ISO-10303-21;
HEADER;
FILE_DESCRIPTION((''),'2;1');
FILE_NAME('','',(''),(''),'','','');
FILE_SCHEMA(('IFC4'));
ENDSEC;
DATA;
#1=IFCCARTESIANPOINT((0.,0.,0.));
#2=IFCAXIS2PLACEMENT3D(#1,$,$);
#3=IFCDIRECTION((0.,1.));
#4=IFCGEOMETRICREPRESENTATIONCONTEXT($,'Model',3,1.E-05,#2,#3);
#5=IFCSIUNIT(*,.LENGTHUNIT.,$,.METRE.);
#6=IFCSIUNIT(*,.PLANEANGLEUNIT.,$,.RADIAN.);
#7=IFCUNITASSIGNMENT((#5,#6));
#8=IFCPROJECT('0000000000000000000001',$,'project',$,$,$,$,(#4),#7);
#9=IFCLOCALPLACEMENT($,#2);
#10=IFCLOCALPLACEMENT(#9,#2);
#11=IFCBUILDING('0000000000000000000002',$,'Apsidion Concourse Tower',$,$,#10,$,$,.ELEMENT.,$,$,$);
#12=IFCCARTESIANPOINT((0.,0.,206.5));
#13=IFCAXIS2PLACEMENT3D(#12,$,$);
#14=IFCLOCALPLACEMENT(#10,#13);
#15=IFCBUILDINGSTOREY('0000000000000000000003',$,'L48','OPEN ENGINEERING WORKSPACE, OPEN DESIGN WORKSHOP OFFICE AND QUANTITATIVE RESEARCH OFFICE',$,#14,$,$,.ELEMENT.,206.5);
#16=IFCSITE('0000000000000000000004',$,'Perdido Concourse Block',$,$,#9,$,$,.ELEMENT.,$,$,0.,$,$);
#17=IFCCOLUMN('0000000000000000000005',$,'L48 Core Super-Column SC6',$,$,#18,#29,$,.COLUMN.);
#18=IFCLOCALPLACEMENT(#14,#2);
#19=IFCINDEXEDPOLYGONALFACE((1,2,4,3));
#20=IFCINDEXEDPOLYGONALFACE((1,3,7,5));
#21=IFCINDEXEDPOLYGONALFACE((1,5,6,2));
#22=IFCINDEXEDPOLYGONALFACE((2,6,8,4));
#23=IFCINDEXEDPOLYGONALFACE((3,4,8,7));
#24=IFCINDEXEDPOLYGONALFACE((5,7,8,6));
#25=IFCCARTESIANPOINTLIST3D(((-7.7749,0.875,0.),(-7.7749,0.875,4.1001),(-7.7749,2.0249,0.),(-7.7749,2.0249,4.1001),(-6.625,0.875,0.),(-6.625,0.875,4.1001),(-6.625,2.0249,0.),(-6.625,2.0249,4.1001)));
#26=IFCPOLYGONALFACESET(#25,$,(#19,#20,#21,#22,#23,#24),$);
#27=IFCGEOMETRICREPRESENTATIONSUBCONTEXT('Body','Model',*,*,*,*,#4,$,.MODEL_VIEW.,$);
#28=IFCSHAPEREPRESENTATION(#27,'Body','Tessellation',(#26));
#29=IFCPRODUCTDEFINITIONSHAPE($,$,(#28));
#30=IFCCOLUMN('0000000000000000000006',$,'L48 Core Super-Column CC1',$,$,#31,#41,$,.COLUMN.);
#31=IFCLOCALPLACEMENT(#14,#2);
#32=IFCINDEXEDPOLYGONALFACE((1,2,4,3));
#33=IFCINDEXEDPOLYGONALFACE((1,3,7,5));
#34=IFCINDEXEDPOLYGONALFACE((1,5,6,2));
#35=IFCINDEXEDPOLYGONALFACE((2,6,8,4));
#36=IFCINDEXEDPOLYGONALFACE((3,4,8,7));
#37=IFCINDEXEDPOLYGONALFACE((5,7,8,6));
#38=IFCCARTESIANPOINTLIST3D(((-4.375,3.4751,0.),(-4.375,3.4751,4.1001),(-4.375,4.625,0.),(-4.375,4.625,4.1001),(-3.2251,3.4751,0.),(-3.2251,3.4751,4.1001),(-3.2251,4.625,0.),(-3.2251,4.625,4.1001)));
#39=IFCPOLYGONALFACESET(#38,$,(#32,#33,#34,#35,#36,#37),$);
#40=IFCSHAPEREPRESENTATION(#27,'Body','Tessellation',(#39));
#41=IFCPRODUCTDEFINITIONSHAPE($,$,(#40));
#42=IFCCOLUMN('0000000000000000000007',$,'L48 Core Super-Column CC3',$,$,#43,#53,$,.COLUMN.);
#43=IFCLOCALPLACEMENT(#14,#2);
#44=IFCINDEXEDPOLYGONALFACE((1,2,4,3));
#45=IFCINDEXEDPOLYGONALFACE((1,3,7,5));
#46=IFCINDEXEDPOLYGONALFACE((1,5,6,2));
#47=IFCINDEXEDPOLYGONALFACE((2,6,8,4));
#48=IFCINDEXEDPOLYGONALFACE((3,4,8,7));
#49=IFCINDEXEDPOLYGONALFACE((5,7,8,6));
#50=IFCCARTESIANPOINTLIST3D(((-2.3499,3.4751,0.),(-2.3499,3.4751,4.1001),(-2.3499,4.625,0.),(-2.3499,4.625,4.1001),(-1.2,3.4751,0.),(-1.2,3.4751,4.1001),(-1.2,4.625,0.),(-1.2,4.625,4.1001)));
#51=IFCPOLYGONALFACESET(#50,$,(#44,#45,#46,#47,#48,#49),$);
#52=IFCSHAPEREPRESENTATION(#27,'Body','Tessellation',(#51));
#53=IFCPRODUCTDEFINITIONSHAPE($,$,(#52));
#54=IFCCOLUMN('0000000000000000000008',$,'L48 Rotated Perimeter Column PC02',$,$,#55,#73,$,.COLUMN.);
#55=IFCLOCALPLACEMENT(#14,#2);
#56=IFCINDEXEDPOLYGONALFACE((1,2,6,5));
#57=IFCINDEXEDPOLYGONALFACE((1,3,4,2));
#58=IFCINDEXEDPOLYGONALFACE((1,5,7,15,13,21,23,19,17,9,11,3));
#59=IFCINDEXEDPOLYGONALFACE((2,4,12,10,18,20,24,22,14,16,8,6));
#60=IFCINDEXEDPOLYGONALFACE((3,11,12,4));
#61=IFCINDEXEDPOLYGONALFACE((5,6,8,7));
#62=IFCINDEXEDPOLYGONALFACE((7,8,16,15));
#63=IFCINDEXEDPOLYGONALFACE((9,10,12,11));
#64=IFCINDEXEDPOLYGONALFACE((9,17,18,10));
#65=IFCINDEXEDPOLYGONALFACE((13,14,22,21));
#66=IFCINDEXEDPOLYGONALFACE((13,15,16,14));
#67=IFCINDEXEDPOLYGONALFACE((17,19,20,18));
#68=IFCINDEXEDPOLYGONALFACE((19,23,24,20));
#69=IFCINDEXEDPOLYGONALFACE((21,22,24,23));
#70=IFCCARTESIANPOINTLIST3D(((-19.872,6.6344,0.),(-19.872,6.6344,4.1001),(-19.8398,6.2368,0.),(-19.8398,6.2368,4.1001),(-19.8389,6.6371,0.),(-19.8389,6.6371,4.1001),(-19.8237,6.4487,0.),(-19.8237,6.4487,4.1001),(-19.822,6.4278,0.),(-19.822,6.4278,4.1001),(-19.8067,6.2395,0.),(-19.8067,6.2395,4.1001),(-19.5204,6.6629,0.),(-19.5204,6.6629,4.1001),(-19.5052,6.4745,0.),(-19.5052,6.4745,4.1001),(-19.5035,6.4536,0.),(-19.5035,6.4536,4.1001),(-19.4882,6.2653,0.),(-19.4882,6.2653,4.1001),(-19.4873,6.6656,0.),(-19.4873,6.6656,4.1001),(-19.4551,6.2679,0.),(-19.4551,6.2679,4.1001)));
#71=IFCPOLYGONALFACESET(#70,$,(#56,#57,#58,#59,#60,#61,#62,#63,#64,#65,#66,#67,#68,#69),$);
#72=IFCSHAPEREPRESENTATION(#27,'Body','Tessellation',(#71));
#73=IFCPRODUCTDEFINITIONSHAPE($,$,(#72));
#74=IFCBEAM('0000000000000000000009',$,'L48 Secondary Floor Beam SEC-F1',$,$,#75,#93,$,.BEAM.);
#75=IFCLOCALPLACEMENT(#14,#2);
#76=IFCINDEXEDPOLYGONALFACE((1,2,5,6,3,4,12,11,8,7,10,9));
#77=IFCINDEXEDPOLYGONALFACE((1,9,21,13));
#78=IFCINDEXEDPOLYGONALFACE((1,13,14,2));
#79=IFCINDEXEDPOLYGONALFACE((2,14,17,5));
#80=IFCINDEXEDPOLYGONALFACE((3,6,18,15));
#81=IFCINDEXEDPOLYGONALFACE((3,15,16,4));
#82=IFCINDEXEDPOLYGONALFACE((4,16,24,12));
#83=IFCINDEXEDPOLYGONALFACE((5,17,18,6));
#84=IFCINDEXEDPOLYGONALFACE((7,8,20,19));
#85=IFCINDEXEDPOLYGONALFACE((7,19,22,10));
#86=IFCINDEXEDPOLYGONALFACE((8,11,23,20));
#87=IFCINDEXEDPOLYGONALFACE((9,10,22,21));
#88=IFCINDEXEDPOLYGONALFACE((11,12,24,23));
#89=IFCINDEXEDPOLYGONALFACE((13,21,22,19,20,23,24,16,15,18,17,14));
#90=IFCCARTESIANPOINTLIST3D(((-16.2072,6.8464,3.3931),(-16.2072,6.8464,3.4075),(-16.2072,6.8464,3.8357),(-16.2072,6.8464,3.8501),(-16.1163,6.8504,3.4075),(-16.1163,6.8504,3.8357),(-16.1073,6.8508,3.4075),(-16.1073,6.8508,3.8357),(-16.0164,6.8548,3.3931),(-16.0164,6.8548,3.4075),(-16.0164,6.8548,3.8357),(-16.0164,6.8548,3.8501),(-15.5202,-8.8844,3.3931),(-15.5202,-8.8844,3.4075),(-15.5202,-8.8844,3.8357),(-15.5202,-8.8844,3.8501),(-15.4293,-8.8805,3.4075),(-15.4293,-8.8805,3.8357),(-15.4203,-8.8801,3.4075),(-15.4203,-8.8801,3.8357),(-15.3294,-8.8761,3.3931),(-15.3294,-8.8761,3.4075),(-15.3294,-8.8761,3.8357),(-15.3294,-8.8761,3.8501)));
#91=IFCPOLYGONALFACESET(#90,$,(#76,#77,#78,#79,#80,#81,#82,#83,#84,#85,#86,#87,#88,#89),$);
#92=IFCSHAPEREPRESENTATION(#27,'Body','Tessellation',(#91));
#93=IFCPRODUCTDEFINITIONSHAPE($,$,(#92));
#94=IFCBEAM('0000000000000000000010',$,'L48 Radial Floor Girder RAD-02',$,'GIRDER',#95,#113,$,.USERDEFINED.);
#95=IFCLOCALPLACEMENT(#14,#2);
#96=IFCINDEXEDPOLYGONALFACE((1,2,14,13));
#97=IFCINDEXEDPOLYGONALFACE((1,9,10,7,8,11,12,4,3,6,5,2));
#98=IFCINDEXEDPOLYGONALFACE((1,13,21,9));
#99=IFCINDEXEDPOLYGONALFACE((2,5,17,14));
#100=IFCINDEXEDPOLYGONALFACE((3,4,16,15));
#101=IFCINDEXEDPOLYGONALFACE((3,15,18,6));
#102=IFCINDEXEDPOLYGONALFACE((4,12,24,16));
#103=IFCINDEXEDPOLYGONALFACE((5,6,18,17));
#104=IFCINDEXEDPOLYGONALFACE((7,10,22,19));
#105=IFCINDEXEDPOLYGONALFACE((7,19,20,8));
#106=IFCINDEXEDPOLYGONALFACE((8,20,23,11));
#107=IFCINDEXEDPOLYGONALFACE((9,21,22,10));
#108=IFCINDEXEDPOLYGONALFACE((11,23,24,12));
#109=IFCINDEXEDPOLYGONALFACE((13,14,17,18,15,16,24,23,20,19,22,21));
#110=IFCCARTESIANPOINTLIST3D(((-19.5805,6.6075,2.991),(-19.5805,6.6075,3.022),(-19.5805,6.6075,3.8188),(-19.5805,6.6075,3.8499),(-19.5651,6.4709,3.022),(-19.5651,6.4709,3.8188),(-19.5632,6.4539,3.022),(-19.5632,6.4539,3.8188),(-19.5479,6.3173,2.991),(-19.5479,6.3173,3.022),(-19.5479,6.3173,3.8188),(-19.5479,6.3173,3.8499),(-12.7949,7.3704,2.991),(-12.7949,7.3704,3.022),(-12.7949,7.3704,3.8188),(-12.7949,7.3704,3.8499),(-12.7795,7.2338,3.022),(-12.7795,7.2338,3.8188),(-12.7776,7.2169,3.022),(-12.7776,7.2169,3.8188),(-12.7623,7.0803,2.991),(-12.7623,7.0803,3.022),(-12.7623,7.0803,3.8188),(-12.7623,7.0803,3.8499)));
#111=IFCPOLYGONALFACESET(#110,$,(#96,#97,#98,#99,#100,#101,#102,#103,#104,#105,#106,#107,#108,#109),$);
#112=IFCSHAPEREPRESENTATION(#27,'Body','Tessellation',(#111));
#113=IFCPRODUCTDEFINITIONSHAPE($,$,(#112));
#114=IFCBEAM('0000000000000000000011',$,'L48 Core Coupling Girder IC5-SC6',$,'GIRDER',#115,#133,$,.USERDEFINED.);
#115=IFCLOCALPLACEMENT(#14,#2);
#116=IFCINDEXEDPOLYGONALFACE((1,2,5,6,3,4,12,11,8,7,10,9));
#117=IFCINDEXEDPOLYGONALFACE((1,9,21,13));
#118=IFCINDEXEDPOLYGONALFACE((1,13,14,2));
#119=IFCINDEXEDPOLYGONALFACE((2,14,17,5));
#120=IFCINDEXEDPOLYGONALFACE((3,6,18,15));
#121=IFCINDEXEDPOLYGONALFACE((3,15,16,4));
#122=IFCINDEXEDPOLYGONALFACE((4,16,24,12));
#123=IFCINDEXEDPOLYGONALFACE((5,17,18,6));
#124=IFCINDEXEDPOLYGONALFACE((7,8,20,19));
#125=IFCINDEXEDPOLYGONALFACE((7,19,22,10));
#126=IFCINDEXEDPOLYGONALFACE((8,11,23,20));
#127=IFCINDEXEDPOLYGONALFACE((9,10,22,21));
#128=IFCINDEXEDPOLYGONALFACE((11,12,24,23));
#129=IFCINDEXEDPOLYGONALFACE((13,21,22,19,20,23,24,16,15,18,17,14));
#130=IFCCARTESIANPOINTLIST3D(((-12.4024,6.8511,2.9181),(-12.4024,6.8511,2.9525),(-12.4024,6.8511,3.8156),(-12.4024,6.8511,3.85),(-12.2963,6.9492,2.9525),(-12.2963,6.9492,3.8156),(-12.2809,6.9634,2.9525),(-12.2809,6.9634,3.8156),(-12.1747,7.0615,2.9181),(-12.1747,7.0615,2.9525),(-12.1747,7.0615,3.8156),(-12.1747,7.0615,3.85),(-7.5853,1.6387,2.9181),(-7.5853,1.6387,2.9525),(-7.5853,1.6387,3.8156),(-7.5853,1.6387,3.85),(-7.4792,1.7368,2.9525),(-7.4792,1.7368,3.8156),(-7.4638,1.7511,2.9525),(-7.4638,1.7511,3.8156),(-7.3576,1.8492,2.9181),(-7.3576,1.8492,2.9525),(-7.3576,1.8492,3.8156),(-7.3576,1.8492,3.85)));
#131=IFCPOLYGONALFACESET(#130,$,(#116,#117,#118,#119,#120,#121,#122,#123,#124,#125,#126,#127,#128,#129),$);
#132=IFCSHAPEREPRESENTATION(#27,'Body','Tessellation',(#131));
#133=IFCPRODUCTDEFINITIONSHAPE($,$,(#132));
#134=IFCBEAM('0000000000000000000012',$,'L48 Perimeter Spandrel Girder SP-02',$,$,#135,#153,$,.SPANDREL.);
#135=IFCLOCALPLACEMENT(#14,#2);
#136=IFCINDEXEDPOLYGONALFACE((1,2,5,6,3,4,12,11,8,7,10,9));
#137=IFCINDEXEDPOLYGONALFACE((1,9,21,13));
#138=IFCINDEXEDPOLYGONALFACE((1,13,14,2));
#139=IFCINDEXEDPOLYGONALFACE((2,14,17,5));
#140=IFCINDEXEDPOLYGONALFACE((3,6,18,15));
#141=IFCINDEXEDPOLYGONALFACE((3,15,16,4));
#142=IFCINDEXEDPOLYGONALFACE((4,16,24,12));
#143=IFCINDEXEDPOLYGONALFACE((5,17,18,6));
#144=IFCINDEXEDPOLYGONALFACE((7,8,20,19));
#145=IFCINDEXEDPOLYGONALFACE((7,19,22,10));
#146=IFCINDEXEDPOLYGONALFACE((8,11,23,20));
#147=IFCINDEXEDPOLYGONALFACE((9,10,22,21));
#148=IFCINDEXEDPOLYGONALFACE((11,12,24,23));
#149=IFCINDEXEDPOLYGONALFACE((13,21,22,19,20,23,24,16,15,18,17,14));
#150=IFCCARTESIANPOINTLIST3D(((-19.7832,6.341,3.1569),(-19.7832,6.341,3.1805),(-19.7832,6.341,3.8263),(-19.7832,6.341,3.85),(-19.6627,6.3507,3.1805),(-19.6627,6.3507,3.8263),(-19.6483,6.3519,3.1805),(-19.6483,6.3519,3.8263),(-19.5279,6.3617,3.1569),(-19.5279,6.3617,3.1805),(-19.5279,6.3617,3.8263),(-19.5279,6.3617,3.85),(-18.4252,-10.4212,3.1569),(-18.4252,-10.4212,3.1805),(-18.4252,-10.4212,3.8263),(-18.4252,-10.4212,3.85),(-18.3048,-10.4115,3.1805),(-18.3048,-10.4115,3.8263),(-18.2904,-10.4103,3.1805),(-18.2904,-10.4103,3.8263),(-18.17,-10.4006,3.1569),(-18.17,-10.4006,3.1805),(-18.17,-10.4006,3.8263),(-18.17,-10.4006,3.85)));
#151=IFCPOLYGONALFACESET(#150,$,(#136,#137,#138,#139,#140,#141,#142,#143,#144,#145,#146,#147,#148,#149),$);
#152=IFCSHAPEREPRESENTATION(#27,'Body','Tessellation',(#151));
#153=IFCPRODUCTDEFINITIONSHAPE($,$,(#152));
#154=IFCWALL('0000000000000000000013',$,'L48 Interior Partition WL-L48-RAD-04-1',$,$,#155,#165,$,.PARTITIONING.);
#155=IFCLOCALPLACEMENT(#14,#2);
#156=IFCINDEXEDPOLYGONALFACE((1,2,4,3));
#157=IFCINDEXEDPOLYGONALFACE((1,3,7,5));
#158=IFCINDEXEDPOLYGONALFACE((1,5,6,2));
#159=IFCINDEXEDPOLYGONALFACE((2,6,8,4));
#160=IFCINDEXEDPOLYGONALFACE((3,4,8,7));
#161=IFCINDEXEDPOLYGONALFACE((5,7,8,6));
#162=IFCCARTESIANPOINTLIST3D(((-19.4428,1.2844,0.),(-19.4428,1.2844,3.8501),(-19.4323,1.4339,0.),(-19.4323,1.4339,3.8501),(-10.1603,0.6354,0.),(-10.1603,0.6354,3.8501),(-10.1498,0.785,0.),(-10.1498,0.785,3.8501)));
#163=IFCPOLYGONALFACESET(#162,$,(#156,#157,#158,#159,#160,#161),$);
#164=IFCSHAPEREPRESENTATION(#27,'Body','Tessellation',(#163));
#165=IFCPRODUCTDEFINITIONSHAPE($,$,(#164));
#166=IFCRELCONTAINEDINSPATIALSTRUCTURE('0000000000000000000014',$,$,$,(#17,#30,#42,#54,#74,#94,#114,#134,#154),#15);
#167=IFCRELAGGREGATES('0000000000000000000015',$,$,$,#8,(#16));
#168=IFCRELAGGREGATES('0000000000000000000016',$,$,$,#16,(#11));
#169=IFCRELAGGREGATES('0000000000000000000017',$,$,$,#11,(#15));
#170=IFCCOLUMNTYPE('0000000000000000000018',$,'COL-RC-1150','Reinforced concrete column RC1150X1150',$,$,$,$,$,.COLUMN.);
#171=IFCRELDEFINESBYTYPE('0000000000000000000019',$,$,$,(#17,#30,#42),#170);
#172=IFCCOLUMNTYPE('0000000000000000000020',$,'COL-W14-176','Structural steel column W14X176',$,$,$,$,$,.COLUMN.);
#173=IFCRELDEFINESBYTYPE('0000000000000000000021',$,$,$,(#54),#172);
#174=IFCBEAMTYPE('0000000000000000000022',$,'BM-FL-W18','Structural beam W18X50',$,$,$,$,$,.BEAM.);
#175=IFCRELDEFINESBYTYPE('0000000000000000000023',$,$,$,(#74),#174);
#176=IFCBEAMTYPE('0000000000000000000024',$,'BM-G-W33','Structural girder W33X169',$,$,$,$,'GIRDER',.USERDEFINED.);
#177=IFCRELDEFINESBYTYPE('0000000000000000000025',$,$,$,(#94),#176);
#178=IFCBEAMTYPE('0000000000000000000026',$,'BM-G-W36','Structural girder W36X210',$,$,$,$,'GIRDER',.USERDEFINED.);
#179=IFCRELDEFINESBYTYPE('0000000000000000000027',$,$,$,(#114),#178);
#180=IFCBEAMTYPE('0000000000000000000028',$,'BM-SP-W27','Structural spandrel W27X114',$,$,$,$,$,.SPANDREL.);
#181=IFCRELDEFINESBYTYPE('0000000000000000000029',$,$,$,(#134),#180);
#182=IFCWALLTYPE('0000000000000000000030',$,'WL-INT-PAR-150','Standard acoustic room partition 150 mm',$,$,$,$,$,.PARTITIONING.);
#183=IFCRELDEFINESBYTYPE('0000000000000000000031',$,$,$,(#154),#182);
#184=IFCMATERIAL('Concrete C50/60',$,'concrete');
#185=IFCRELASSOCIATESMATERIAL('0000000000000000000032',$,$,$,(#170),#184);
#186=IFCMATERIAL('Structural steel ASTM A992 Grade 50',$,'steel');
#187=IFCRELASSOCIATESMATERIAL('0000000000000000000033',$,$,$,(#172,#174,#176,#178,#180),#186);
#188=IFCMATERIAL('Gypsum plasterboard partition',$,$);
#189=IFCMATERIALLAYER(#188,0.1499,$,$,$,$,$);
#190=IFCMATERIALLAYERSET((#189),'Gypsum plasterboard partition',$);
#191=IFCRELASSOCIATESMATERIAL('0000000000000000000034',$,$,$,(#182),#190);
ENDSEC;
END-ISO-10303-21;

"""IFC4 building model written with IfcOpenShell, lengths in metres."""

from ifc_helpers import new_model, si_unit, direction, frame, frame_2d, origin, origin_2d, place, context, subcontext, project, spatial, rectangle, i_section, extrude, material, layer, layer_set, material_profile, profile_set, type_object, element, save


model = new_model("IFC4")

# Units and contexts
model_context = context("Model", 3, precision=1e-05, world=origin(), true_north=direction((0.0, 1.0)))
body_context = subcontext(model_context, "Body", "Model", "MODEL_VIEW")
ifc_project = project(units=[si_unit("LENGTHUNIT", "METRE"), si_unit("PLANEANGLEUNIT", "RADIAN")], contexts=[model_context])

# Site, building, storey
site_placement = place(None, origin())
site = spatial("IfcSite", under=ifc_project, at=site_placement, Name="Perdido Concourse Block", CompositionType="ELEMENT", RefElevation=0.0)
building_placement = place(site_placement, origin())
building = spatial("IfcBuilding", under=site, at=building_placement, Name="Apsidion Concourse Tower", CompositionType="ELEMENT")
storey_placement = place(building_placement, frame((0.0, 0.0, 206.5)))
storey = spatial("IfcBuildingStorey", under=building, at=storey_placement, Name="L48", Description="OPEN ENGINEERING WORKSPACE, OPEN DESIGN WORKSHOP OFFICE AND QUANTITATIVE RESEARCH OFFICE", CompositionType="ELEMENT", Elevation=206.5)

# Columns
ifc_material_1 = material(Name="Concrete C50/60", Category="concrete")
ifc_material_profile_1 = material_profile(ifc_material_1, rectangle(XDim=1.1499, YDim=1.1499, at=origin_2d()), Name="RC 1150x1150")
ifc_profile_set_1 = profile_set([ifc_material_profile_1], Name="Concrete C50/60")
column_type_1 = type_object("IfcColumnType", Name="COL-RC-1150", Description="Reinforced concrete column RC1150X1150", PredefinedType="COLUMN", material=ifc_profile_set_1)
for number, where, z_axis, x_axis, name in (
    (1, (-7.2, 1.45, 0.0), (0.0, 0.0, 1.0), (1.0, 0.0, 0.0), "L48 Core Super-Column SC6"),
    (2, (-3.8, 4.05, 0.0), (0.0, 0.0, 1.0), (1.0, 0.0, 0.0), "L48 Core Super-Column CC1"),
    (3, (-1.7749, 4.05, 0.0), (0.0, 0.0, 1.0), (1.0, 0.0, 0.0), "L48 Core Super-Column CC3"),
):
    element("IfcColumn", number, at=place(storey_placement, frame(where, z_axis=z_axis, x_axis=x_axis)), inside=storey, type_object=column_type_1, Name=name, PredefinedType="COLUMN", context=body_context, shape_type="SweptSolid", body=[
        extrude(rectangle(XDim=1.1499, YDim=1.1499, at=origin_2d()), origin(), (0.0, 0.0, 1.0), 4.1001),
    ])
ifc_material_2 = material(Name="Structural steel ASTM A992 Grade 50", Category="steel")
ifc_material_profile_2 = material_profile(ifc_material_2, i_section(OverallWidth=0.3989, OverallDepth=0.386, WebThickness=0.021, FlangeThickness=0.0332, at=origin_2d()), Name="W14X176")
ifc_profile_set_2 = profile_set([ifc_material_profile_2], Name="Structural steel ASTM A992 Grade 50")
column_type_2 = type_object("IfcColumnType", Name="COL-W14-176", Description="Structural steel column W14X176", PredefinedType="COLUMN", material=ifc_profile_set_2)
column_placement = place(storey_placement, frame((-19.6636, 6.4512, 0.0), z_axis=(0.0, 0.0, 1.0), x_axis=(-0.080721, 0.996737, 0.0)))
element("IfcColumn", 4, at=column_placement, inside=storey, type_object=column_type_2, Name="L48 Rotated Perimeter Column PC02", PredefinedType="COLUMN", context=body_context, shape_type="SweptSolid", body=[
    extrude(i_section(OverallWidth=0.3989, OverallDepth=0.386, WebThickness=0.021, FlangeThickness=0.0332, at=origin_2d()), origin(), (0.0, 0.0, 1.0), 4.1001),
])

# Beams
ifc_material_profile_3 = material_profile(ifc_material_2, i_section(OverallWidth=0.1909, OverallDepth=0.457, WebThickness=0.009, FlangeThickness=0.0144, at=origin_2d()), Name="W18X50")
ifc_profile_set_3 = profile_set([ifc_material_profile_3], Name="Structural steel ASTM A992 Grade 50")
beam_type_1 = type_object("IfcBeamType", Name="BM-FL-W18", Description="Structural beam W18X50", PredefinedType="BEAM", material=ifc_profile_set_3)
beam_1_placement = place(storey_placement, frame((-16.1118, 6.8506, 3.6216), z_axis=(0.043631, -0.999048, 0.0), x_axis=(0.999048, 0.043631, 0.0)))
element("IfcBeam", 5, at=beam_1_placement, inside=storey, type_object=beam_type_1, Name="L48 Secondary Floor Beam SEC-F1", PredefinedType="BEAM", context=body_context, shape_type="SweptSolid", body=[
    extrude(i_section(OverallWidth=0.1909, OverallDepth=0.457, WebThickness=0.009, FlangeThickness=0.0144, at=origin_2d()), origin(), (0.0, 0.0, 1.0), 15.7458),
])
ifc_material_profile_4 = material_profile(ifc_material_2, i_section(OverallWidth=0.292, OverallDepth=0.8589, WebThickness=0.0171, FlangeThickness=0.031, at=origin_2d()), Name="W33X169")
ifc_profile_set_4 = profile_set([ifc_material_profile_4], Name="Structural steel ASTM A992 Grade 50")
beam_type_2 = type_object("IfcBeamType", Name="BM-G-W33", Description="Structural girder W33X169", ElementType="GIRDER", PredefinedType="USERDEFINED", material=ifc_profile_set_4)
beam_2_placement = place(storey_placement, frame((-12.7786, 7.2253, 3.4204), z_axis=(-0.993739, -0.11173, 0.0), x_axis=(0.11173, -0.993739, 0.0)))
element("IfcBeam", 6, at=beam_2_placement, inside=storey, type_object=beam_type_2, Name="L48 Radial Floor Girder RAD-02", ObjectType="GIRDER", PredefinedType="USERDEFINED", context=body_context, shape_type="SweptSolid", body=[
    extrude(i_section(OverallWidth=0.292, OverallDepth=0.8589, WebThickness=0.0171, FlangeThickness=0.031, at=origin_2d()), origin(), (0.0, 0.0, 1.0), 6.8284),
])
ifc_material_profile_5 = material_profile(ifc_material_2, i_section(OverallWidth=0.3101, OverallDepth=0.9319, WebThickness=0.021, FlangeThickness=0.0344, at=origin_2d()), Name="W36X210")
ifc_profile_set_5 = profile_set([ifc_material_profile_5], Name="Structural steel ASTM A992 Grade 50")
beam_type_3 = type_object("IfcBeamType", Name="BM-G-W36", Description="Structural girder W36X210", ElementType="GIRDER", PredefinedType="USERDEFINED", material=ifc_profile_set_5)
beam_3_placement = place(storey_placement, frame((-12.2886, 6.9563, 3.384), z_axis=(0.678713, -0.734404, 0.0), x_axis=(0.734404, 0.678713, 0.0)))
element("IfcBeam", 7, at=beam_3_placement, inside=storey, type_object=beam_type_3, Name="L48 Core Coupling Girder IC5-SC6", ObjectType="GIRDER", PredefinedType="USERDEFINED", context=body_context, shape_type="SweptSolid", body=[
    extrude(i_section(OverallWidth=0.3101, OverallDepth=0.9319, WebThickness=0.021, FlangeThickness=0.0344, at=origin_2d()), origin(), (0.0, 0.0, 1.0), 7.0974),
])
ifc_material_profile_6 = material_profile(ifc_material_2, i_section(OverallWidth=0.2561, OverallDepth=0.6931, WebThickness=0.0144, FlangeThickness=0.0237, at=origin_2d()), Name="W27X114")
ifc_profile_set_6 = profile_set([ifc_material_profile_6], Name="Structural steel ASTM A992 Grade 50")
beam_type_4 = type_object("IfcBeamType", Name="BM-SP-W27", Description="Structural spandrel W27X114", PredefinedType="SPANDREL", material=ifc_profile_set_6)
beam_4_placement = place(storey_placement, frame((-19.6555, 6.3513, 3.5034), z_axis=(0.080746, -0.996735, 0.0), x_axis=(0.996735, 0.080746, 0.0)))
element("IfcBeam", 8, at=beam_4_placement, inside=storey, type_object=beam_type_4, Name="L48 Perimeter Spandrel Girder SP-02", PredefinedType="SPANDREL", context=body_context, shape_type="SweptSolid", body=[
    extrude(i_section(OverallWidth=0.2561, OverallDepth=0.6931, WebThickness=0.0144, FlangeThickness=0.0237, at=origin_2d()), origin(), (0.0, 0.0, 1.0), 16.8171),
])

# Wall
ifc_material_3 = material(Name="Gypsum plasterboard partition")
ifc_layer_1 = layer(ifc_material_3, 0.1499)
ifc_layer_set_1 = layer_set([ifc_layer_1], Name="Gypsum plasterboard partition")
wall_type_1 = type_object("IfcWallType", Name="WL-INT-PAR-150", Description="Standard acoustic room partition 150 mm", PredefinedType="PARTITIONING", material=ifc_layer_set_1)
wall_1_placement = place(storey_placement, frame((-10.155, 0.7102, 0.0), z_axis=(0.0, 0.0, 1.0), x_axis=(-0.997565, 0.069739, 0.0)))
element("IfcWall", 9, at=wall_1_placement, inside=storey, type_object=wall_type_1, Name="L48 Interior Partition WL-L48-RAD-04-1", PredefinedType="PARTITIONING", context=body_context, shape_type="SweptSolid", body=[
    extrude(rectangle(XDim=9.3052, YDim=0.1499, at=frame_2d((4.6526, 0.0))), origin(), (0.0, 0.0, 1.0), 3.8501),
])

save(model, "model.ifc")
